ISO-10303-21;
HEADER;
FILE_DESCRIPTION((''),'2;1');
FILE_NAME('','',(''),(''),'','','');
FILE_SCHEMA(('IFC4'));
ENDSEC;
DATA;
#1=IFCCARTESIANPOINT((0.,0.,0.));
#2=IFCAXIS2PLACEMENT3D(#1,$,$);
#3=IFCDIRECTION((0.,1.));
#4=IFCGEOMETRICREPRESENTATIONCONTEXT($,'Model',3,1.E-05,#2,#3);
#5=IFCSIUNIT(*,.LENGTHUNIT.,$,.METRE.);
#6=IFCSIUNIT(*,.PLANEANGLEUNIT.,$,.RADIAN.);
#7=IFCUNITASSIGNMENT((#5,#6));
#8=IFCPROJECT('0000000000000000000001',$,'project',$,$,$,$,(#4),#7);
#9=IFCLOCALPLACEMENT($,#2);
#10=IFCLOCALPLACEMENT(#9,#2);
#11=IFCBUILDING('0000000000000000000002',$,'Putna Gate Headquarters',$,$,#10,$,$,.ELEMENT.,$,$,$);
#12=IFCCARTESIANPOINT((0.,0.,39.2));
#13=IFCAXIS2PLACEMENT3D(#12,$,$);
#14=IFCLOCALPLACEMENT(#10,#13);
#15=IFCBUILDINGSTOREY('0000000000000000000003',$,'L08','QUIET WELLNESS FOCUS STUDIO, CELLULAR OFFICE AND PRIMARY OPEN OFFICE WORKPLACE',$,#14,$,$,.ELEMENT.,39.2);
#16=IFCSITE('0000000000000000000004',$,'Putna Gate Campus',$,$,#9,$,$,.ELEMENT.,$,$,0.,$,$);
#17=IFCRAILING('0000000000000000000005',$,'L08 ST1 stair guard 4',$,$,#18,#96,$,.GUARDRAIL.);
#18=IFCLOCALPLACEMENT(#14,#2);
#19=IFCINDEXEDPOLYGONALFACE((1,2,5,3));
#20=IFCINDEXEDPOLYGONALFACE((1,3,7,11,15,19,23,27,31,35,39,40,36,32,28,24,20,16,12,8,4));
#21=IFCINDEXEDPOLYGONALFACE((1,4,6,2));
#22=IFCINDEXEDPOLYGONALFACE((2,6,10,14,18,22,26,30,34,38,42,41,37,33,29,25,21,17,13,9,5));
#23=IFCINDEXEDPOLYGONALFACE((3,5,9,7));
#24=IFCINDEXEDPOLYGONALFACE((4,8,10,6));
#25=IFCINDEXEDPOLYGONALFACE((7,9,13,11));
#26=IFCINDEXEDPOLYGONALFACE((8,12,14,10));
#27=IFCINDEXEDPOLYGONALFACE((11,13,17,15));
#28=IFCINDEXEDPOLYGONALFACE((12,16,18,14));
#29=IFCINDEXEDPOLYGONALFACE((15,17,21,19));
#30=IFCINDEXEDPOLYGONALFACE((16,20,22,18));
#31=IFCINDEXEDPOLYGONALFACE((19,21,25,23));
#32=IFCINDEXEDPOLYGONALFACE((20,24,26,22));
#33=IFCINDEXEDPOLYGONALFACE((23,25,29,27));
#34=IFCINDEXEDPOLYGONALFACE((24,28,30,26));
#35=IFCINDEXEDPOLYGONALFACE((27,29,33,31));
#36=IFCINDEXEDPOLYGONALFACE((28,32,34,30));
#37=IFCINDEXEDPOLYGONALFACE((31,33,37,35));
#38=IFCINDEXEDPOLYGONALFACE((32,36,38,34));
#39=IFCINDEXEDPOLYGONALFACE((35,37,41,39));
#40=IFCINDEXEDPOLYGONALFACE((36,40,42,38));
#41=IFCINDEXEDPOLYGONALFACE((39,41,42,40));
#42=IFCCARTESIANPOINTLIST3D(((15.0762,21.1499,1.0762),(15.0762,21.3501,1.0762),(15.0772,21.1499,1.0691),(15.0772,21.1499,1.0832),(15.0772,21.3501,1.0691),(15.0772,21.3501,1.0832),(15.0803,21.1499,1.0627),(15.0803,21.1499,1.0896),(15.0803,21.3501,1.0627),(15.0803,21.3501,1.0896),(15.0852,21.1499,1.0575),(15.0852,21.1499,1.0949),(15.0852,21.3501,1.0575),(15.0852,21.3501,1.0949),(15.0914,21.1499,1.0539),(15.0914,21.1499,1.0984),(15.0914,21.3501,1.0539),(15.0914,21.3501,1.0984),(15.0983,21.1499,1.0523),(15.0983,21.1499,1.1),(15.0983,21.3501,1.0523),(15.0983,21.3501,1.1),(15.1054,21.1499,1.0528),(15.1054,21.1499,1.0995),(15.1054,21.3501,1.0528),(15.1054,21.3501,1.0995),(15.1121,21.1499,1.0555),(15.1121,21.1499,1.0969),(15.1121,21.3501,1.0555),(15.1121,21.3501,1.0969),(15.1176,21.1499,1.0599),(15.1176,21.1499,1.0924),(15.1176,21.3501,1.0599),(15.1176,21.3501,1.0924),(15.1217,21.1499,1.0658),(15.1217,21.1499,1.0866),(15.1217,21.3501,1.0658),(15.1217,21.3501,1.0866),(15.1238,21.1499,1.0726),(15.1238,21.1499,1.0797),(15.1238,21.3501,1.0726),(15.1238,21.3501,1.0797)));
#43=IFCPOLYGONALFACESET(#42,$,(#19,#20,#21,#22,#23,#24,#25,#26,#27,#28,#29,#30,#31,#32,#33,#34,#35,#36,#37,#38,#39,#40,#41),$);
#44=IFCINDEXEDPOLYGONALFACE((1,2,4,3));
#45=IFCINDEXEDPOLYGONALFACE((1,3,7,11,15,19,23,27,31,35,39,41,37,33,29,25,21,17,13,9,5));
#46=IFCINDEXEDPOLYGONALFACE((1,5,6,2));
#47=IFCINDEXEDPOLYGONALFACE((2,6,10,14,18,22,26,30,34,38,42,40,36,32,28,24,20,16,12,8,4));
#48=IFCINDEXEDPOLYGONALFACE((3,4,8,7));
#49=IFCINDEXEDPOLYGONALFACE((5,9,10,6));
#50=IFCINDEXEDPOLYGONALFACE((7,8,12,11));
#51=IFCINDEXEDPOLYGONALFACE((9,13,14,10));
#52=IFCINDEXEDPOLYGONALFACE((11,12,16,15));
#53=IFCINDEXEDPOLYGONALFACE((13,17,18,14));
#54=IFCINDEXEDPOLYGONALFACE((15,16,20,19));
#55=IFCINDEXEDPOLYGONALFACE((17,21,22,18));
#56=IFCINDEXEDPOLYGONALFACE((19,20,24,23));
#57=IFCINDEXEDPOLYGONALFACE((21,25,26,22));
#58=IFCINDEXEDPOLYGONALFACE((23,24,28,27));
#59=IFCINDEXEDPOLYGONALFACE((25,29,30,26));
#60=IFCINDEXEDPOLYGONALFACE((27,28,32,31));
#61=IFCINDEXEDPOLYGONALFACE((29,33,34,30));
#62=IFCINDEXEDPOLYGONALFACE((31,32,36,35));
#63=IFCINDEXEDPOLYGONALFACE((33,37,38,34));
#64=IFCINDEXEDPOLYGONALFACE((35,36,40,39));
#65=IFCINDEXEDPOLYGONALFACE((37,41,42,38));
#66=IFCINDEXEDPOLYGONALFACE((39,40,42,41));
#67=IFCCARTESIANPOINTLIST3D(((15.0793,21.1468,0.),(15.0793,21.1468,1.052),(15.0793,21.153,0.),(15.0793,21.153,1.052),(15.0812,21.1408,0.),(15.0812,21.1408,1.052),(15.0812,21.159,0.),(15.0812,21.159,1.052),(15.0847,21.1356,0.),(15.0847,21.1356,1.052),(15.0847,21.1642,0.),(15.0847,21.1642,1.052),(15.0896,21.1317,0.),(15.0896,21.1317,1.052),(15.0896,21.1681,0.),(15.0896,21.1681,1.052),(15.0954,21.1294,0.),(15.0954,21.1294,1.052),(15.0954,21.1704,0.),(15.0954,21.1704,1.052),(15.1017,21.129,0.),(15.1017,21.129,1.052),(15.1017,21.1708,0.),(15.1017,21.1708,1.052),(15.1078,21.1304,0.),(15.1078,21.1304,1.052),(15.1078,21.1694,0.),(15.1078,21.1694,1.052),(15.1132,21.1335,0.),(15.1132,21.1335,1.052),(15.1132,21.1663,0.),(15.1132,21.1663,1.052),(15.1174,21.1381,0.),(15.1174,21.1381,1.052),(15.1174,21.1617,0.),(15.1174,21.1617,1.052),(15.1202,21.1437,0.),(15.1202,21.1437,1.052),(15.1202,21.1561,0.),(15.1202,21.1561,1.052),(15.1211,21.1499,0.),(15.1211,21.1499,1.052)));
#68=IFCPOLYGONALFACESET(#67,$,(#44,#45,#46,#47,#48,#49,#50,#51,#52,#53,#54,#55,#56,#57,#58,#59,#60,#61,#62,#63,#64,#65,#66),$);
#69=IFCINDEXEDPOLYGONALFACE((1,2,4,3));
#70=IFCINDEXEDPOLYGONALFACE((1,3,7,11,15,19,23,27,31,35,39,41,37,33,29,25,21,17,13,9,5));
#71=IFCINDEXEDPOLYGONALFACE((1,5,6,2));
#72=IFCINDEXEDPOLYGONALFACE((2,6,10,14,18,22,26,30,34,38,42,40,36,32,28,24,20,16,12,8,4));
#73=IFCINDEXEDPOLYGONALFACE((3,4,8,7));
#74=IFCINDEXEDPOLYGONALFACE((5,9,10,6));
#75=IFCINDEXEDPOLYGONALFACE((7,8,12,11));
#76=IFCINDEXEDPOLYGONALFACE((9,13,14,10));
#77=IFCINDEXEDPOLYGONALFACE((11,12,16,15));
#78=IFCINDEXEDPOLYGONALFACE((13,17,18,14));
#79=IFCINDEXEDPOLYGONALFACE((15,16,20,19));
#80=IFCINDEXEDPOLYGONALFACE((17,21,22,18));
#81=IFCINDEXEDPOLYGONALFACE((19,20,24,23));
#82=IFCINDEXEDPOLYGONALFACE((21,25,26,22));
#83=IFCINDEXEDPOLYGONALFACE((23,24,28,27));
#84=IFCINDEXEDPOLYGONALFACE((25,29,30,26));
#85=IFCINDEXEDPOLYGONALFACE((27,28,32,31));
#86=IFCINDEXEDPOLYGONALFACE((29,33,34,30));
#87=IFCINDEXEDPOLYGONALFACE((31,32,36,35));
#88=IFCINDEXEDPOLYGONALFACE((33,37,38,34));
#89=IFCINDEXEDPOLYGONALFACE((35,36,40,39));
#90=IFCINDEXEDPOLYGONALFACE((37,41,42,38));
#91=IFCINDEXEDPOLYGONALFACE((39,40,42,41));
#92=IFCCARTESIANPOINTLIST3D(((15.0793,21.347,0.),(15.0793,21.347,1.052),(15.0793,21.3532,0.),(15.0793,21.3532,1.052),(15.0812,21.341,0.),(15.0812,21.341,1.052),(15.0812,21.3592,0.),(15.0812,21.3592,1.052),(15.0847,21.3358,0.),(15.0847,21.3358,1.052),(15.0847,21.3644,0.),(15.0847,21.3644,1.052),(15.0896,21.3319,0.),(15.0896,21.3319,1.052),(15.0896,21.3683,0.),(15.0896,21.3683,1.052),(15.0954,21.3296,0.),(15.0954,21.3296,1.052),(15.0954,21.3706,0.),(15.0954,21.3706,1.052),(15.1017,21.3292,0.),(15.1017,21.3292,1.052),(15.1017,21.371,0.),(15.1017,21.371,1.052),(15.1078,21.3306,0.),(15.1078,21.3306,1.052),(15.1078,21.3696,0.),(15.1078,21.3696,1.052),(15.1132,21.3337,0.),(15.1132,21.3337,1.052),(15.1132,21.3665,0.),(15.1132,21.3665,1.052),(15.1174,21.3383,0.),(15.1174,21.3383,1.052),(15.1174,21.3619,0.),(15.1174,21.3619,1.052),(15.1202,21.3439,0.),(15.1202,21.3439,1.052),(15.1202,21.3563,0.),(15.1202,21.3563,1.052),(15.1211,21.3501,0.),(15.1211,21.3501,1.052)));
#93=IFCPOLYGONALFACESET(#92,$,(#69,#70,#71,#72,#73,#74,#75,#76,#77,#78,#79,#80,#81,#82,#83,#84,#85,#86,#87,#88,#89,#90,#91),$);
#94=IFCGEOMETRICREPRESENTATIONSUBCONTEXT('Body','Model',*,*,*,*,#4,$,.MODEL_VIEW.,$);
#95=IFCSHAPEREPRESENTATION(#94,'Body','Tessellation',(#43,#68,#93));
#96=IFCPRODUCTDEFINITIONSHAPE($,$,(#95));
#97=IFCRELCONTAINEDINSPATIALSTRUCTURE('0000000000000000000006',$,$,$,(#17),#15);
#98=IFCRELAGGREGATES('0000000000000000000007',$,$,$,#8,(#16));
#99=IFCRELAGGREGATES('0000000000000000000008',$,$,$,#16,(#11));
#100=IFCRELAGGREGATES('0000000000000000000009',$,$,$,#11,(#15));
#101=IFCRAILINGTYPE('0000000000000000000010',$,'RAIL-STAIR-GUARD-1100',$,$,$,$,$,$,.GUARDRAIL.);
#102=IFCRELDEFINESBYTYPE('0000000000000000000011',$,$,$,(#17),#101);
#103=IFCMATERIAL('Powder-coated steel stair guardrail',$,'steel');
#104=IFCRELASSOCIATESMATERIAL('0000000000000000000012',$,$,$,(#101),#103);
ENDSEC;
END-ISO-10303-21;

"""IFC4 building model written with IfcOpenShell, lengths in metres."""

from ifc_helpers import new_model, si_unit, direction, frame, origin, origin_2d, place, context, subcontext, project, spatial, circle, extrude, material, type_object, element, save


model = new_model("IFC4")

# Units and contexts
model_context = context("Model", 3, precision=1e-05, world=origin(), true_north=direction((0.0, 1.0)))
body_context = subcontext(model_context, "Body", "Model", "MODEL_VIEW")
ifc_project = project(units=[si_unit("LENGTHUNIT", "METRE"), si_unit("PLANEANGLEUNIT", "RADIAN")], contexts=[model_context])

# Site, building, storey
site_placement = place(None, origin())
site = spatial("IfcSite", under=ifc_project, at=site_placement, Name="Putna Gate Campus", CompositionType="ELEMENT", RefElevation=0.0)
building_placement = place(site_placement, origin())
building = spatial("IfcBuilding", under=site, at=building_placement, Name="Putna Gate Headquarters", CompositionType="ELEMENT")
storey_placement = place(building_placement, frame((0.0, 0.0, 39.2)))
storey = spatial("IfcBuildingStorey", under=building, at=storey_placement, Name="L08", Description="QUIET WELLNESS FOCUS STUDIO, CELLULAR OFFICE AND PRIMARY OPEN OFFICE WORKPLACE", CompositionType="ELEMENT", Elevation=39.2)

# Railing
ifc_material_1 = material(Name="Powder-coated steel stair guardrail", Category="steel")
railing_type_1 = type_object("IfcRailingType", Name="RAIL-STAIR-GUARD-1100", PredefinedType="GUARDRAIL", material=ifc_material_1)
railing_1_placement = place(storey_placement, frame((15.1001, 21.1499, 0.0)))
element("IfcRailing", 1, at=railing_1_placement, inside=storey, type_object=railing_type_1, Name="L08 ST1 stair guard 4", PredefinedType="GUARDRAIL", context=body_context, shape_type="SweptSolid", body=[
    extrude(circle(Radius=0.0239, at=origin_2d()), frame((0.0, 0.0, 1.0762), z_axis=(0.0, 1.0, 0.0), x_axis=(-1.0, 0.0, 0.0)), (0.0, 0.0, 1.0), 0.2002),
    extrude(circle(Radius=0.021, at=origin_2d()), origin(), (0.0, 0.0, 1.0), 1.052),
    extrude(circle(Radius=0.021, at=origin_2d()), frame((0.0, 0.2002, 0.0)), (0.0, 0.0, 1.0), 1.052),
])

save(model, "model.ifc")
